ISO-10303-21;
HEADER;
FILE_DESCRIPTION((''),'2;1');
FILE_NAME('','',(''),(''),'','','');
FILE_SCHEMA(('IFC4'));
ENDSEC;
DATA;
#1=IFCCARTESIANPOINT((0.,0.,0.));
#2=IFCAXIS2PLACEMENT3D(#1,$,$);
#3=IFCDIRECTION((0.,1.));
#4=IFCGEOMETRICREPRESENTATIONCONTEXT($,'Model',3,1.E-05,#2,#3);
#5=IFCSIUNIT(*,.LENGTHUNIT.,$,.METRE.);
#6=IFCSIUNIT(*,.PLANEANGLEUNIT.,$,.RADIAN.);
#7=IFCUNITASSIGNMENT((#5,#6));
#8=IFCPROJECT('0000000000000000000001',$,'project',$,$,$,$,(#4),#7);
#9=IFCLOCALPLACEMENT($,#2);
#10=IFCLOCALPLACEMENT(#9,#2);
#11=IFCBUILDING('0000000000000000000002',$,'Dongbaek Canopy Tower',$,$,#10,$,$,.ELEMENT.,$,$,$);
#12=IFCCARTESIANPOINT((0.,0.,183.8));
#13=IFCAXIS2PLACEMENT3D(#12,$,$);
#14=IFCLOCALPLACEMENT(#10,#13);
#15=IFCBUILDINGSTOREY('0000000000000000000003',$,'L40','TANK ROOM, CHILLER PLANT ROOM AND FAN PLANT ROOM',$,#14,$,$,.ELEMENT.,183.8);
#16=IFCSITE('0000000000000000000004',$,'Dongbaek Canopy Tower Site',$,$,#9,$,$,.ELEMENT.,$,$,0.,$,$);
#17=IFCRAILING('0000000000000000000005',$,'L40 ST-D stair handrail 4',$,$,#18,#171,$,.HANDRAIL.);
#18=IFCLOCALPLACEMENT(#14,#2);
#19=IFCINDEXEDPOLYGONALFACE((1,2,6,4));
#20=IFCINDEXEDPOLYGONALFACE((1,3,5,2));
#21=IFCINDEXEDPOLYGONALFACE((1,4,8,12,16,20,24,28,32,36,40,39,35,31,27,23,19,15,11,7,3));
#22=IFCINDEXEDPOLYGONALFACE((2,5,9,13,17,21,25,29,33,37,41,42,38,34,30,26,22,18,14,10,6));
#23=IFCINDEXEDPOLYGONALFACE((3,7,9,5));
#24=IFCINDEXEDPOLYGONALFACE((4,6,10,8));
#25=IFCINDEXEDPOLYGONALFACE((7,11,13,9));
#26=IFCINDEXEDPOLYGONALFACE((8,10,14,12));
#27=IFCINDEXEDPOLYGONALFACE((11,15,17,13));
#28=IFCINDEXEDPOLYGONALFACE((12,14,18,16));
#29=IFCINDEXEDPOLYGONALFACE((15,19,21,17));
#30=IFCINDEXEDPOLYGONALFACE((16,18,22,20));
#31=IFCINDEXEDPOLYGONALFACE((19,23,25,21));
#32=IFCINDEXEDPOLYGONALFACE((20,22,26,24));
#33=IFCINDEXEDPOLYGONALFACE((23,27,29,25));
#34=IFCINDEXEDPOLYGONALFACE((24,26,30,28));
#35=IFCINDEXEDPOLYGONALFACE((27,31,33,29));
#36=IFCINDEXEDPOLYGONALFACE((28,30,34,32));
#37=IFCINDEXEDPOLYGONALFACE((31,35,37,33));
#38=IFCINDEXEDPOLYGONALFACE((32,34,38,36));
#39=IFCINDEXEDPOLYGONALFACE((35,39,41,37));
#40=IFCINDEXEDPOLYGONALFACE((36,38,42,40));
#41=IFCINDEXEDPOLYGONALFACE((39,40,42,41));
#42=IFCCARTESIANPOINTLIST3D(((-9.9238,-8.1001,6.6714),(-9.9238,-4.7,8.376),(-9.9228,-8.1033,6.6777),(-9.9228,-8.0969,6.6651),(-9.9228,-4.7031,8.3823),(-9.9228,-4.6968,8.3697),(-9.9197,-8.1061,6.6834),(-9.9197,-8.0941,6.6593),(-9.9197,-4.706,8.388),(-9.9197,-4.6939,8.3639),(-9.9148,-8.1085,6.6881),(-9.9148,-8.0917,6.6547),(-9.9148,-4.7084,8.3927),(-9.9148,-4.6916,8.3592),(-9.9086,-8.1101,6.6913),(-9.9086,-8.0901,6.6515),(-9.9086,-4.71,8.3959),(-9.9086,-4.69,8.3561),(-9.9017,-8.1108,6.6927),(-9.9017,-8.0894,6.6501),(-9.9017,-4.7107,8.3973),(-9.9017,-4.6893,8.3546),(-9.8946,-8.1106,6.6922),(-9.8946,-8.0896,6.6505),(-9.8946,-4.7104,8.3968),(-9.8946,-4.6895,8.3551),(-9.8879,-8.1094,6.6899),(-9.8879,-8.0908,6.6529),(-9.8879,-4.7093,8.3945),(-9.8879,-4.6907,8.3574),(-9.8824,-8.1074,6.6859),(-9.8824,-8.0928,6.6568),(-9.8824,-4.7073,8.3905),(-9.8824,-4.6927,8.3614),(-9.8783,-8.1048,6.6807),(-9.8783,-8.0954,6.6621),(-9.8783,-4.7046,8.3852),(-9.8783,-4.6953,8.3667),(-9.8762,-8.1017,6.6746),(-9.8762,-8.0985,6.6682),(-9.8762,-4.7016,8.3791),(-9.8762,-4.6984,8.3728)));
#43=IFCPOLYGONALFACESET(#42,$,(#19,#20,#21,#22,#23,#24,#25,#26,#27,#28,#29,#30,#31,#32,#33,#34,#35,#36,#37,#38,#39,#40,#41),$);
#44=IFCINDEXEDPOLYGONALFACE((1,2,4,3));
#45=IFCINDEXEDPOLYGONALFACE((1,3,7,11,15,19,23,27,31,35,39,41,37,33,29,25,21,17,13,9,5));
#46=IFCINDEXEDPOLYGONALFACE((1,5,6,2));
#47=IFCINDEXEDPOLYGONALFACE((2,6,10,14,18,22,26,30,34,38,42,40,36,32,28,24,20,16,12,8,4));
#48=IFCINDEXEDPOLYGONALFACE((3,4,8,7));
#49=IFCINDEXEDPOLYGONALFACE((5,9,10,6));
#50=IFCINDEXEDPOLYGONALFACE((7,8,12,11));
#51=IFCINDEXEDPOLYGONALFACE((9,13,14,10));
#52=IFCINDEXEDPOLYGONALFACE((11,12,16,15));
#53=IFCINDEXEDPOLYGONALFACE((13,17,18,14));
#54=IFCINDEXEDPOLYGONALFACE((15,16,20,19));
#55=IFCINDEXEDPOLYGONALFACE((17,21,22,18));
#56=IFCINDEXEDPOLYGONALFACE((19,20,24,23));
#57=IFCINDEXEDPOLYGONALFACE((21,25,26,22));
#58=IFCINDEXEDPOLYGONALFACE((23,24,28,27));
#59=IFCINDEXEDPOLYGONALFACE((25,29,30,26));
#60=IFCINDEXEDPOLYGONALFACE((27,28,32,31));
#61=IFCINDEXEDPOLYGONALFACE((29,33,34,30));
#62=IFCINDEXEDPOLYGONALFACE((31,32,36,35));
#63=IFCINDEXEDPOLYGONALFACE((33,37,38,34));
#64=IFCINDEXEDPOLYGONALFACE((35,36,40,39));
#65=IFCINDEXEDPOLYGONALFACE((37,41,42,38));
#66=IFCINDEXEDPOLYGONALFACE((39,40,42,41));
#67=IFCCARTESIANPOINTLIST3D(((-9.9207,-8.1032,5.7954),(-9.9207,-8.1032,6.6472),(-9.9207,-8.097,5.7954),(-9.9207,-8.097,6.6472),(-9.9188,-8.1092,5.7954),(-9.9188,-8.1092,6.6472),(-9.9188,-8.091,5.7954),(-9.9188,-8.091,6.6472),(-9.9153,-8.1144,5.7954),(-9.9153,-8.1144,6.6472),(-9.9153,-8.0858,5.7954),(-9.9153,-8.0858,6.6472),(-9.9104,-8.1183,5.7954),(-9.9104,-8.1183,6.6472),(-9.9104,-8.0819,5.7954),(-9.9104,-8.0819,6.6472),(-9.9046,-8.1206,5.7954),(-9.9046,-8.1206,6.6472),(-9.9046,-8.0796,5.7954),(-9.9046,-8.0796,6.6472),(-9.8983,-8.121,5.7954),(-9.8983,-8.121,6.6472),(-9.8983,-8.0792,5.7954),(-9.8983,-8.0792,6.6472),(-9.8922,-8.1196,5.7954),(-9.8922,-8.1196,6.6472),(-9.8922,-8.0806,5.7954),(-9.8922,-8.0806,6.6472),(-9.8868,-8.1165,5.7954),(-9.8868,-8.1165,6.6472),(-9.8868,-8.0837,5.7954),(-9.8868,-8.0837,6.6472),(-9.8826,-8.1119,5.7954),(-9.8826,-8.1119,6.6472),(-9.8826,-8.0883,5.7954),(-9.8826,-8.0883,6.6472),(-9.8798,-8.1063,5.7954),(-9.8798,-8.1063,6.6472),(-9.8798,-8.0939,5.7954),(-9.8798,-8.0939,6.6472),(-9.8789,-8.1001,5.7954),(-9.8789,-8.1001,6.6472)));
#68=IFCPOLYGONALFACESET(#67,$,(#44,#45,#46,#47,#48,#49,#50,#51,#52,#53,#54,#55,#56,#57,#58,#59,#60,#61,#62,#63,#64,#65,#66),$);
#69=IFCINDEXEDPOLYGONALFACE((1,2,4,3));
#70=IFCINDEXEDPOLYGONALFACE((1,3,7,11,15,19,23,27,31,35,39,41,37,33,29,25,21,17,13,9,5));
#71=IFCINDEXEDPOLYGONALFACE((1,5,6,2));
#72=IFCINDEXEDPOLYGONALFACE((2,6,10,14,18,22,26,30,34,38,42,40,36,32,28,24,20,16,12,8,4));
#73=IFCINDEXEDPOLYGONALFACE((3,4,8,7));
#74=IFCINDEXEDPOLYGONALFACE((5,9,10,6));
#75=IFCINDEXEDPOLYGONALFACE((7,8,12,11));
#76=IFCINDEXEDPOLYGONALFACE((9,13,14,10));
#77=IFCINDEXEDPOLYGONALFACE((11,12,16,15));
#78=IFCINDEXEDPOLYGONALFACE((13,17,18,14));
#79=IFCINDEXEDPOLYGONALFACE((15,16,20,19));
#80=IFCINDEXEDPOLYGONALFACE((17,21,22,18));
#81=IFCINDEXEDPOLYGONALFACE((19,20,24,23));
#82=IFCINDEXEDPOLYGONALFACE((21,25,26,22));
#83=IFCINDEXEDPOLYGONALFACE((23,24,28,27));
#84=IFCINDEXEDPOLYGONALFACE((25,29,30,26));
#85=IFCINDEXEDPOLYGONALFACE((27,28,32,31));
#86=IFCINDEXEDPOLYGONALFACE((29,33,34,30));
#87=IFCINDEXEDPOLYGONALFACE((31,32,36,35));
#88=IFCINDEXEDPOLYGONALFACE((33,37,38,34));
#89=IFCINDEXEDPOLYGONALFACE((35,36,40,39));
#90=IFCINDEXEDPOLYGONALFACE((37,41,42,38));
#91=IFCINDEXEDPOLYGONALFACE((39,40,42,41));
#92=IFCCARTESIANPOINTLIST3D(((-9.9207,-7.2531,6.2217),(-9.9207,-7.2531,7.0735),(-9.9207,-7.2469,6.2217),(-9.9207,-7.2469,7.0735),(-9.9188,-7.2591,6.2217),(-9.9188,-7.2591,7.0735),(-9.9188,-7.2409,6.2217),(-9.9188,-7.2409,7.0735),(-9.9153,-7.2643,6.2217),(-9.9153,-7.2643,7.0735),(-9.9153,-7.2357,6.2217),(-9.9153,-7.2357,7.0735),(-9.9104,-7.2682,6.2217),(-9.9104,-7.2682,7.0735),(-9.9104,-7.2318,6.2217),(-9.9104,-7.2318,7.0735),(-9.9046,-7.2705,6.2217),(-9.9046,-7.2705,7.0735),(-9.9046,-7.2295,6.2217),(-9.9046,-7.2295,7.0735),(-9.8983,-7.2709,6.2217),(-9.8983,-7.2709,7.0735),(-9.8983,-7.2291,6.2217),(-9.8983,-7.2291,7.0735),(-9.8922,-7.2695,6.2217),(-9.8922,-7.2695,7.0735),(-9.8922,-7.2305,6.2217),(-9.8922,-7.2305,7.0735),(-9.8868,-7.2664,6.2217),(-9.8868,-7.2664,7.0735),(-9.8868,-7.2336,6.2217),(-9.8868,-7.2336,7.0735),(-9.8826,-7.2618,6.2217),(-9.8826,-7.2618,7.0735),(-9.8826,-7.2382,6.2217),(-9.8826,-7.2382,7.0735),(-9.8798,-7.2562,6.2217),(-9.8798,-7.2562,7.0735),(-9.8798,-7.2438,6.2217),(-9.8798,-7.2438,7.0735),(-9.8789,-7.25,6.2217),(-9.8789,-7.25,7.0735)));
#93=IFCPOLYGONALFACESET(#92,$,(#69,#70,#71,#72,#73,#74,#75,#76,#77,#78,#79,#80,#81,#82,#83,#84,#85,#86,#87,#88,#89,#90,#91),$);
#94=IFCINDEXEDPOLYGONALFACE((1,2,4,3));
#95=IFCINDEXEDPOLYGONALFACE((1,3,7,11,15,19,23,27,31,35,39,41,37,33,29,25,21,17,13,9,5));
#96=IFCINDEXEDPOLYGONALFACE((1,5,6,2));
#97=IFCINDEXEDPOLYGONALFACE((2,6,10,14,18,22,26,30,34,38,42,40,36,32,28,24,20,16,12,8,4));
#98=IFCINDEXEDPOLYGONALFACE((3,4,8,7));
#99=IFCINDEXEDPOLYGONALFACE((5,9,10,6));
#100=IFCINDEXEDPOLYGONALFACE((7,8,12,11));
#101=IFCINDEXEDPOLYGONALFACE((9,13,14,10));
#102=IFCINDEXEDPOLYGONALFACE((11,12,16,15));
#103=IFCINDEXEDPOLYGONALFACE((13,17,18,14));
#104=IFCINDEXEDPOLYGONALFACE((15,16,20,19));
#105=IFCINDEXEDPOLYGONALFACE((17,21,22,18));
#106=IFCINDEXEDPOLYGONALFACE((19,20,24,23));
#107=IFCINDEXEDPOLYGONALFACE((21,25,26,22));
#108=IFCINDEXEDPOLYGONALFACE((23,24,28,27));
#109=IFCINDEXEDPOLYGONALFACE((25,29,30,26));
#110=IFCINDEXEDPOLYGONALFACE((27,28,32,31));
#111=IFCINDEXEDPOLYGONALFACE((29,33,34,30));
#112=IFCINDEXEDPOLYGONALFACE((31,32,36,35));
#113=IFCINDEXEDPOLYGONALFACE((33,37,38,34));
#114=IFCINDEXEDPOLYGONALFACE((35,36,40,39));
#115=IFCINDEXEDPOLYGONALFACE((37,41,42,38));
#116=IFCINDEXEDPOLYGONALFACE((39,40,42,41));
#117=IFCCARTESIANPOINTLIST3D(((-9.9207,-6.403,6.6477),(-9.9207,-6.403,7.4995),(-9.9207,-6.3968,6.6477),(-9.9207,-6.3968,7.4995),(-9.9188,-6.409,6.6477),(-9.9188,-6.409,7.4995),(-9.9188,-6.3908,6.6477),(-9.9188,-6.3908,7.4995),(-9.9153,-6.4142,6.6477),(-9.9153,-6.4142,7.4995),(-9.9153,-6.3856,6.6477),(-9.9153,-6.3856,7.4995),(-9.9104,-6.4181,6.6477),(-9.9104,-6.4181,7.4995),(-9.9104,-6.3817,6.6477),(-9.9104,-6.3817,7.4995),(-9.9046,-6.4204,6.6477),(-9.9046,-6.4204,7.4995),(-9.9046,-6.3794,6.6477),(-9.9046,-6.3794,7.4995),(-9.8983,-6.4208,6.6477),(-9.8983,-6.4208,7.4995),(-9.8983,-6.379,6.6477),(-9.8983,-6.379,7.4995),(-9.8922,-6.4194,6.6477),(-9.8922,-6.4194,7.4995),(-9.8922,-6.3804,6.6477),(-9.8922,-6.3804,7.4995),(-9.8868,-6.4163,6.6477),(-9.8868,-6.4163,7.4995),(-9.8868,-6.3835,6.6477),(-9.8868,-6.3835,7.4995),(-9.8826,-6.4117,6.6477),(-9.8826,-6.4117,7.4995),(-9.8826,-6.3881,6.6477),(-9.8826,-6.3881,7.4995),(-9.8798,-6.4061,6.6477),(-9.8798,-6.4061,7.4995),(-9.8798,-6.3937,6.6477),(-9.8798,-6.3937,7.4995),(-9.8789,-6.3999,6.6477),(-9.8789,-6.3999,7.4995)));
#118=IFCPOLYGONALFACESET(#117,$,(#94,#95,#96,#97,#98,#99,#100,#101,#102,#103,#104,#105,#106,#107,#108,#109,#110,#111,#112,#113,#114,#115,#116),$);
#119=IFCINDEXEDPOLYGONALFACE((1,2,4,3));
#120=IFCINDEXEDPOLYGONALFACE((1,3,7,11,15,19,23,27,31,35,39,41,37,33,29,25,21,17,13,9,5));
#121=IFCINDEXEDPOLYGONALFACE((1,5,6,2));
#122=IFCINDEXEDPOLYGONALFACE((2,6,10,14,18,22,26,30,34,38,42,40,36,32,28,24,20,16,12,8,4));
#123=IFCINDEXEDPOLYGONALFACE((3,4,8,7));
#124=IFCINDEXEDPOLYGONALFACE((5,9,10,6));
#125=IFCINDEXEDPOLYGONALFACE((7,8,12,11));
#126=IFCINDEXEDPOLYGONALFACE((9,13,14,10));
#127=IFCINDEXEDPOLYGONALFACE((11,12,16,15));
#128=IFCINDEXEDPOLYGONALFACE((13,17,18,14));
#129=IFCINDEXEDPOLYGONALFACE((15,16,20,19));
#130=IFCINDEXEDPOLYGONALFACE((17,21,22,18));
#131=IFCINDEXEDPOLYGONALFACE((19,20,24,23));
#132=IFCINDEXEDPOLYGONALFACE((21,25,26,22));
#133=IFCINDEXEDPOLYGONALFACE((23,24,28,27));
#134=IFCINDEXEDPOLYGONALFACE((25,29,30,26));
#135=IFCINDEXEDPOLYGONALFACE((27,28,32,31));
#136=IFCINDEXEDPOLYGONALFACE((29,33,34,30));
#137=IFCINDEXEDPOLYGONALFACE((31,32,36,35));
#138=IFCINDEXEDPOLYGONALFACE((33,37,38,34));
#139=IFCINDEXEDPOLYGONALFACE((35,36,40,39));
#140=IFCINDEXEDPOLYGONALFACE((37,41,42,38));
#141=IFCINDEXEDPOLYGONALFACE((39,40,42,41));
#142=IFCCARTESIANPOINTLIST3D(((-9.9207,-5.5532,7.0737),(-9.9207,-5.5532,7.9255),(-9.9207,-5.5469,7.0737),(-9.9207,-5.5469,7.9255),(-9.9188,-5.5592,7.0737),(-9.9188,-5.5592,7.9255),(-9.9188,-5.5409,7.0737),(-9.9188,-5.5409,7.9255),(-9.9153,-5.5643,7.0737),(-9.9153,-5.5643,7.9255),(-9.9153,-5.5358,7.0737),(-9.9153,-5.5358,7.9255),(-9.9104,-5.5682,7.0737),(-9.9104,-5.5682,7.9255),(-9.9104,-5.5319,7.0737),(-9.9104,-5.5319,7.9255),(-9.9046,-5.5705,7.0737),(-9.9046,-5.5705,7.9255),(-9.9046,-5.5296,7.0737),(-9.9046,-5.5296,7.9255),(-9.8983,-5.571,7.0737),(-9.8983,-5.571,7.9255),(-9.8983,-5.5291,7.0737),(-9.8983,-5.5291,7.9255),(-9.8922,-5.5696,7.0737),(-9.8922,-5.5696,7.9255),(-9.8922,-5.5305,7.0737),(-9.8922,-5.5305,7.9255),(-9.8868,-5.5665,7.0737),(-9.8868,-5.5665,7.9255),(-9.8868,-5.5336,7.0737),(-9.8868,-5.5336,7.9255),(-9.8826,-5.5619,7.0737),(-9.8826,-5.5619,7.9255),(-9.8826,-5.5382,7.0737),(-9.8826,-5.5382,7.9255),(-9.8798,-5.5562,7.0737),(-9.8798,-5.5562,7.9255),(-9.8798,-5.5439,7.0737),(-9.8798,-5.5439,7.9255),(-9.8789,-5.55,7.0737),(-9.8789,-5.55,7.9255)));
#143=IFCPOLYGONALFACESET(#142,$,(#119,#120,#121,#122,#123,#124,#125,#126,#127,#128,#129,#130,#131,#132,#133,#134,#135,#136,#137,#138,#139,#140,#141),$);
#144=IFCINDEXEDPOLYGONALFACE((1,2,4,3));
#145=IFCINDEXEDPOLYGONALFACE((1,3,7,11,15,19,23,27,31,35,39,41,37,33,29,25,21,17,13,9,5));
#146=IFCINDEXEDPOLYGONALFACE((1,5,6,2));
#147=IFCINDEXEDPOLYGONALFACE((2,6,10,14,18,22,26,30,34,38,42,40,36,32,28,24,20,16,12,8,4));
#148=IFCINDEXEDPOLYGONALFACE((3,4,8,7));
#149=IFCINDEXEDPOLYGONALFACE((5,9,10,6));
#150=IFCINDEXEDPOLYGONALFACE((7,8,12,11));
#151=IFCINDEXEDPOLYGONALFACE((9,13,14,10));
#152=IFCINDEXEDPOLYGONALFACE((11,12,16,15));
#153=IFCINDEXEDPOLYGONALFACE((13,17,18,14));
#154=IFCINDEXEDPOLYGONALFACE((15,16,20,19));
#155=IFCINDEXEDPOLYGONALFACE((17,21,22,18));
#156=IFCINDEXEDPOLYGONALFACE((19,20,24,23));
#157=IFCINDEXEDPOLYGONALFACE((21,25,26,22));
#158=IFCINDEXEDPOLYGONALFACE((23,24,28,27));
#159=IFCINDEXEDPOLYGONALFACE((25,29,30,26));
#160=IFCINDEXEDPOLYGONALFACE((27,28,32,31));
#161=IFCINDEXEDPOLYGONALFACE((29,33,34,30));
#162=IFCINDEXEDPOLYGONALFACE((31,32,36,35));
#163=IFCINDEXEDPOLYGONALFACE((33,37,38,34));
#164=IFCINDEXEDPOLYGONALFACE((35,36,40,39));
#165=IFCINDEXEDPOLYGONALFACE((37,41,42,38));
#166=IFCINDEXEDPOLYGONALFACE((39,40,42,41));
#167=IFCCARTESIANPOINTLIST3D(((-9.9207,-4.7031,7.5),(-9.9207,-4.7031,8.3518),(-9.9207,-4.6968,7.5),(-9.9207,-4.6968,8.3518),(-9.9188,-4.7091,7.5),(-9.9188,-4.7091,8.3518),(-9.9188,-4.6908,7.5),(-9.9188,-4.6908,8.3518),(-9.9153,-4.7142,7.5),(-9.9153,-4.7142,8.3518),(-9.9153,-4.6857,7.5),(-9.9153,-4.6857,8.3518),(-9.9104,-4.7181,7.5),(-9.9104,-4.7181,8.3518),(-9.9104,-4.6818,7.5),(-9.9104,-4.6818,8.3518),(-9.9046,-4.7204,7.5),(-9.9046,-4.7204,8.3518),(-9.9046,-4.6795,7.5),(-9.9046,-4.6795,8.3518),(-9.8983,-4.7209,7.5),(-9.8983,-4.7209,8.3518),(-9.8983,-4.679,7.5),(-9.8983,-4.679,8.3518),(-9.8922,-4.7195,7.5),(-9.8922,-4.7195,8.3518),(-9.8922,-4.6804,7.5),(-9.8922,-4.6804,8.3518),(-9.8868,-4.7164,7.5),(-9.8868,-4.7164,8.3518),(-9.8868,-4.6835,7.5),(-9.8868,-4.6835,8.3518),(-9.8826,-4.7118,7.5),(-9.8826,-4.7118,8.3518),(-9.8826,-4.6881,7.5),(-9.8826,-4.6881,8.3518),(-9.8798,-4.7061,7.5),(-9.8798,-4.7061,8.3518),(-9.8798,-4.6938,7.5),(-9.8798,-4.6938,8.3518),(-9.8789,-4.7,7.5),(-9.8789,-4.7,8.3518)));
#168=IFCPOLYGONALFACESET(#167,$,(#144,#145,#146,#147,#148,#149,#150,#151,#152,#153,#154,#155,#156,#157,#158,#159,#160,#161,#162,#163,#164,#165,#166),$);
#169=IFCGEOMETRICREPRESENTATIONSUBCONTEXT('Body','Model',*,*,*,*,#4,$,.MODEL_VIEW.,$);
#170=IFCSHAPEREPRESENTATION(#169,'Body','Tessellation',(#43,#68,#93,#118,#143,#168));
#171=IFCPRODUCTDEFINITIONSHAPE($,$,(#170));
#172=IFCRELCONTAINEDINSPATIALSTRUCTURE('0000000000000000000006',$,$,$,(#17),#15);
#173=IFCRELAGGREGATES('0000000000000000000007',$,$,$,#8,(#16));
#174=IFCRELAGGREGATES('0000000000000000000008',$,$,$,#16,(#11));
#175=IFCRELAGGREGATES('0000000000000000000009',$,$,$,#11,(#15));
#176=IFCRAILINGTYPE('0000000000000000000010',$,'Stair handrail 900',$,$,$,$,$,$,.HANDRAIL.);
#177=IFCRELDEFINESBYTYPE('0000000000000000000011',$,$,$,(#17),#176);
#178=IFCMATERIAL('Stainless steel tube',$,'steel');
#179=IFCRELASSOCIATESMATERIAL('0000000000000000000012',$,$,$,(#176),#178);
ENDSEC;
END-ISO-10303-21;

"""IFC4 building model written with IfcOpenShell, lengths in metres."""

from ifc_helpers import new_model, si_unit, direction, frame, origin, origin_2d, place, context, subcontext, project, spatial, circle, extrude, material, type_object, element, save


model = new_model("IFC4")

# Units and contexts
model_context = context("Model", 3, precision=1e-05, world=origin(), true_north=direction((0.0, 1.0)))
body_context = subcontext(model_context, "Body", "Model", "MODEL_VIEW")
ifc_project = project(units=[si_unit("LENGTHUNIT", "METRE"), si_unit("PLANEANGLEUNIT", "RADIAN")], contexts=[model_context])

# Site, building, storey
site_placement = place(None, origin())
site = spatial("IfcSite", under=ifc_project, at=site_placement, Name="Dongbaek Canopy Tower Site", CompositionType="ELEMENT", RefElevation=0.0)
building_placement = place(site_placement, origin())
building = spatial("IfcBuilding", under=site, at=building_placement, Name="Dongbaek Canopy Tower", CompositionType="ELEMENT")
storey_placement = place(building_placement, frame((0.0, 0.0, 183.8)))
storey = spatial("IfcBuildingStorey", under=building, at=storey_placement, Name="L40", Description="TANK ROOM, CHILLER PLANT ROOM AND FAN PLANT ROOM", CompositionType="ELEMENT", Elevation=183.8)

# Railing
ifc_material_1 = material(Name="Stainless steel tube", Category="steel")
railing_type_1 = type_object("IfcRailingType", Name="Stair handrail 900", PredefinedType="HANDRAIL", material=ifc_material_1)
for number, where, name in (
    (1, (-9.8999, -8.1001, 5.7954), "L40 ST-D stair handrail 4"),
):
    element("IfcRailing", number, at=place(storey_placement, frame(where)), inside=storey, type_object=railing_type_1, Name=name, PredefinedType="HANDRAIL", context=body_context, shape_type="SweptSolid", body=[
        extrude(circle(Radius=0.0239, at=origin_2d()), frame((0.0, 0.0, 0.876), z_axis=(0.0, 0.893952, 0.448163), x_axis=(-1.0, 0.0, 0.0)), (0.0, 0.0, 1.0), 3.8035),
        extrude(circle(Radius=0.021, at=origin_2d()), origin(), (0.0, 0.0, 1.0), 0.8518),
        extrude(circle(Radius=0.021, at=origin_2d()), frame((0.0, 0.8501, 0.4263)), (0.0, 0.0, 1.0), 0.8518),
        extrude(circle(Radius=0.021, at=origin_2d()), frame((0.0, 1.7002, 0.8523)), (0.0, 0.0, 1.0), 0.8518),
        extrude(circle(Radius=0.021, at=origin_2d()), frame((0.0, 2.55, 1.2783)), (0.0, 0.0, 1.0), 0.8518),
        extrude(circle(Radius=0.021, at=origin_2d()), frame((0.0, 3.4001, 1.7046)), (0.0, 0.0, 1.0), 0.8518),
    ])

save(model, "model.ifc")
